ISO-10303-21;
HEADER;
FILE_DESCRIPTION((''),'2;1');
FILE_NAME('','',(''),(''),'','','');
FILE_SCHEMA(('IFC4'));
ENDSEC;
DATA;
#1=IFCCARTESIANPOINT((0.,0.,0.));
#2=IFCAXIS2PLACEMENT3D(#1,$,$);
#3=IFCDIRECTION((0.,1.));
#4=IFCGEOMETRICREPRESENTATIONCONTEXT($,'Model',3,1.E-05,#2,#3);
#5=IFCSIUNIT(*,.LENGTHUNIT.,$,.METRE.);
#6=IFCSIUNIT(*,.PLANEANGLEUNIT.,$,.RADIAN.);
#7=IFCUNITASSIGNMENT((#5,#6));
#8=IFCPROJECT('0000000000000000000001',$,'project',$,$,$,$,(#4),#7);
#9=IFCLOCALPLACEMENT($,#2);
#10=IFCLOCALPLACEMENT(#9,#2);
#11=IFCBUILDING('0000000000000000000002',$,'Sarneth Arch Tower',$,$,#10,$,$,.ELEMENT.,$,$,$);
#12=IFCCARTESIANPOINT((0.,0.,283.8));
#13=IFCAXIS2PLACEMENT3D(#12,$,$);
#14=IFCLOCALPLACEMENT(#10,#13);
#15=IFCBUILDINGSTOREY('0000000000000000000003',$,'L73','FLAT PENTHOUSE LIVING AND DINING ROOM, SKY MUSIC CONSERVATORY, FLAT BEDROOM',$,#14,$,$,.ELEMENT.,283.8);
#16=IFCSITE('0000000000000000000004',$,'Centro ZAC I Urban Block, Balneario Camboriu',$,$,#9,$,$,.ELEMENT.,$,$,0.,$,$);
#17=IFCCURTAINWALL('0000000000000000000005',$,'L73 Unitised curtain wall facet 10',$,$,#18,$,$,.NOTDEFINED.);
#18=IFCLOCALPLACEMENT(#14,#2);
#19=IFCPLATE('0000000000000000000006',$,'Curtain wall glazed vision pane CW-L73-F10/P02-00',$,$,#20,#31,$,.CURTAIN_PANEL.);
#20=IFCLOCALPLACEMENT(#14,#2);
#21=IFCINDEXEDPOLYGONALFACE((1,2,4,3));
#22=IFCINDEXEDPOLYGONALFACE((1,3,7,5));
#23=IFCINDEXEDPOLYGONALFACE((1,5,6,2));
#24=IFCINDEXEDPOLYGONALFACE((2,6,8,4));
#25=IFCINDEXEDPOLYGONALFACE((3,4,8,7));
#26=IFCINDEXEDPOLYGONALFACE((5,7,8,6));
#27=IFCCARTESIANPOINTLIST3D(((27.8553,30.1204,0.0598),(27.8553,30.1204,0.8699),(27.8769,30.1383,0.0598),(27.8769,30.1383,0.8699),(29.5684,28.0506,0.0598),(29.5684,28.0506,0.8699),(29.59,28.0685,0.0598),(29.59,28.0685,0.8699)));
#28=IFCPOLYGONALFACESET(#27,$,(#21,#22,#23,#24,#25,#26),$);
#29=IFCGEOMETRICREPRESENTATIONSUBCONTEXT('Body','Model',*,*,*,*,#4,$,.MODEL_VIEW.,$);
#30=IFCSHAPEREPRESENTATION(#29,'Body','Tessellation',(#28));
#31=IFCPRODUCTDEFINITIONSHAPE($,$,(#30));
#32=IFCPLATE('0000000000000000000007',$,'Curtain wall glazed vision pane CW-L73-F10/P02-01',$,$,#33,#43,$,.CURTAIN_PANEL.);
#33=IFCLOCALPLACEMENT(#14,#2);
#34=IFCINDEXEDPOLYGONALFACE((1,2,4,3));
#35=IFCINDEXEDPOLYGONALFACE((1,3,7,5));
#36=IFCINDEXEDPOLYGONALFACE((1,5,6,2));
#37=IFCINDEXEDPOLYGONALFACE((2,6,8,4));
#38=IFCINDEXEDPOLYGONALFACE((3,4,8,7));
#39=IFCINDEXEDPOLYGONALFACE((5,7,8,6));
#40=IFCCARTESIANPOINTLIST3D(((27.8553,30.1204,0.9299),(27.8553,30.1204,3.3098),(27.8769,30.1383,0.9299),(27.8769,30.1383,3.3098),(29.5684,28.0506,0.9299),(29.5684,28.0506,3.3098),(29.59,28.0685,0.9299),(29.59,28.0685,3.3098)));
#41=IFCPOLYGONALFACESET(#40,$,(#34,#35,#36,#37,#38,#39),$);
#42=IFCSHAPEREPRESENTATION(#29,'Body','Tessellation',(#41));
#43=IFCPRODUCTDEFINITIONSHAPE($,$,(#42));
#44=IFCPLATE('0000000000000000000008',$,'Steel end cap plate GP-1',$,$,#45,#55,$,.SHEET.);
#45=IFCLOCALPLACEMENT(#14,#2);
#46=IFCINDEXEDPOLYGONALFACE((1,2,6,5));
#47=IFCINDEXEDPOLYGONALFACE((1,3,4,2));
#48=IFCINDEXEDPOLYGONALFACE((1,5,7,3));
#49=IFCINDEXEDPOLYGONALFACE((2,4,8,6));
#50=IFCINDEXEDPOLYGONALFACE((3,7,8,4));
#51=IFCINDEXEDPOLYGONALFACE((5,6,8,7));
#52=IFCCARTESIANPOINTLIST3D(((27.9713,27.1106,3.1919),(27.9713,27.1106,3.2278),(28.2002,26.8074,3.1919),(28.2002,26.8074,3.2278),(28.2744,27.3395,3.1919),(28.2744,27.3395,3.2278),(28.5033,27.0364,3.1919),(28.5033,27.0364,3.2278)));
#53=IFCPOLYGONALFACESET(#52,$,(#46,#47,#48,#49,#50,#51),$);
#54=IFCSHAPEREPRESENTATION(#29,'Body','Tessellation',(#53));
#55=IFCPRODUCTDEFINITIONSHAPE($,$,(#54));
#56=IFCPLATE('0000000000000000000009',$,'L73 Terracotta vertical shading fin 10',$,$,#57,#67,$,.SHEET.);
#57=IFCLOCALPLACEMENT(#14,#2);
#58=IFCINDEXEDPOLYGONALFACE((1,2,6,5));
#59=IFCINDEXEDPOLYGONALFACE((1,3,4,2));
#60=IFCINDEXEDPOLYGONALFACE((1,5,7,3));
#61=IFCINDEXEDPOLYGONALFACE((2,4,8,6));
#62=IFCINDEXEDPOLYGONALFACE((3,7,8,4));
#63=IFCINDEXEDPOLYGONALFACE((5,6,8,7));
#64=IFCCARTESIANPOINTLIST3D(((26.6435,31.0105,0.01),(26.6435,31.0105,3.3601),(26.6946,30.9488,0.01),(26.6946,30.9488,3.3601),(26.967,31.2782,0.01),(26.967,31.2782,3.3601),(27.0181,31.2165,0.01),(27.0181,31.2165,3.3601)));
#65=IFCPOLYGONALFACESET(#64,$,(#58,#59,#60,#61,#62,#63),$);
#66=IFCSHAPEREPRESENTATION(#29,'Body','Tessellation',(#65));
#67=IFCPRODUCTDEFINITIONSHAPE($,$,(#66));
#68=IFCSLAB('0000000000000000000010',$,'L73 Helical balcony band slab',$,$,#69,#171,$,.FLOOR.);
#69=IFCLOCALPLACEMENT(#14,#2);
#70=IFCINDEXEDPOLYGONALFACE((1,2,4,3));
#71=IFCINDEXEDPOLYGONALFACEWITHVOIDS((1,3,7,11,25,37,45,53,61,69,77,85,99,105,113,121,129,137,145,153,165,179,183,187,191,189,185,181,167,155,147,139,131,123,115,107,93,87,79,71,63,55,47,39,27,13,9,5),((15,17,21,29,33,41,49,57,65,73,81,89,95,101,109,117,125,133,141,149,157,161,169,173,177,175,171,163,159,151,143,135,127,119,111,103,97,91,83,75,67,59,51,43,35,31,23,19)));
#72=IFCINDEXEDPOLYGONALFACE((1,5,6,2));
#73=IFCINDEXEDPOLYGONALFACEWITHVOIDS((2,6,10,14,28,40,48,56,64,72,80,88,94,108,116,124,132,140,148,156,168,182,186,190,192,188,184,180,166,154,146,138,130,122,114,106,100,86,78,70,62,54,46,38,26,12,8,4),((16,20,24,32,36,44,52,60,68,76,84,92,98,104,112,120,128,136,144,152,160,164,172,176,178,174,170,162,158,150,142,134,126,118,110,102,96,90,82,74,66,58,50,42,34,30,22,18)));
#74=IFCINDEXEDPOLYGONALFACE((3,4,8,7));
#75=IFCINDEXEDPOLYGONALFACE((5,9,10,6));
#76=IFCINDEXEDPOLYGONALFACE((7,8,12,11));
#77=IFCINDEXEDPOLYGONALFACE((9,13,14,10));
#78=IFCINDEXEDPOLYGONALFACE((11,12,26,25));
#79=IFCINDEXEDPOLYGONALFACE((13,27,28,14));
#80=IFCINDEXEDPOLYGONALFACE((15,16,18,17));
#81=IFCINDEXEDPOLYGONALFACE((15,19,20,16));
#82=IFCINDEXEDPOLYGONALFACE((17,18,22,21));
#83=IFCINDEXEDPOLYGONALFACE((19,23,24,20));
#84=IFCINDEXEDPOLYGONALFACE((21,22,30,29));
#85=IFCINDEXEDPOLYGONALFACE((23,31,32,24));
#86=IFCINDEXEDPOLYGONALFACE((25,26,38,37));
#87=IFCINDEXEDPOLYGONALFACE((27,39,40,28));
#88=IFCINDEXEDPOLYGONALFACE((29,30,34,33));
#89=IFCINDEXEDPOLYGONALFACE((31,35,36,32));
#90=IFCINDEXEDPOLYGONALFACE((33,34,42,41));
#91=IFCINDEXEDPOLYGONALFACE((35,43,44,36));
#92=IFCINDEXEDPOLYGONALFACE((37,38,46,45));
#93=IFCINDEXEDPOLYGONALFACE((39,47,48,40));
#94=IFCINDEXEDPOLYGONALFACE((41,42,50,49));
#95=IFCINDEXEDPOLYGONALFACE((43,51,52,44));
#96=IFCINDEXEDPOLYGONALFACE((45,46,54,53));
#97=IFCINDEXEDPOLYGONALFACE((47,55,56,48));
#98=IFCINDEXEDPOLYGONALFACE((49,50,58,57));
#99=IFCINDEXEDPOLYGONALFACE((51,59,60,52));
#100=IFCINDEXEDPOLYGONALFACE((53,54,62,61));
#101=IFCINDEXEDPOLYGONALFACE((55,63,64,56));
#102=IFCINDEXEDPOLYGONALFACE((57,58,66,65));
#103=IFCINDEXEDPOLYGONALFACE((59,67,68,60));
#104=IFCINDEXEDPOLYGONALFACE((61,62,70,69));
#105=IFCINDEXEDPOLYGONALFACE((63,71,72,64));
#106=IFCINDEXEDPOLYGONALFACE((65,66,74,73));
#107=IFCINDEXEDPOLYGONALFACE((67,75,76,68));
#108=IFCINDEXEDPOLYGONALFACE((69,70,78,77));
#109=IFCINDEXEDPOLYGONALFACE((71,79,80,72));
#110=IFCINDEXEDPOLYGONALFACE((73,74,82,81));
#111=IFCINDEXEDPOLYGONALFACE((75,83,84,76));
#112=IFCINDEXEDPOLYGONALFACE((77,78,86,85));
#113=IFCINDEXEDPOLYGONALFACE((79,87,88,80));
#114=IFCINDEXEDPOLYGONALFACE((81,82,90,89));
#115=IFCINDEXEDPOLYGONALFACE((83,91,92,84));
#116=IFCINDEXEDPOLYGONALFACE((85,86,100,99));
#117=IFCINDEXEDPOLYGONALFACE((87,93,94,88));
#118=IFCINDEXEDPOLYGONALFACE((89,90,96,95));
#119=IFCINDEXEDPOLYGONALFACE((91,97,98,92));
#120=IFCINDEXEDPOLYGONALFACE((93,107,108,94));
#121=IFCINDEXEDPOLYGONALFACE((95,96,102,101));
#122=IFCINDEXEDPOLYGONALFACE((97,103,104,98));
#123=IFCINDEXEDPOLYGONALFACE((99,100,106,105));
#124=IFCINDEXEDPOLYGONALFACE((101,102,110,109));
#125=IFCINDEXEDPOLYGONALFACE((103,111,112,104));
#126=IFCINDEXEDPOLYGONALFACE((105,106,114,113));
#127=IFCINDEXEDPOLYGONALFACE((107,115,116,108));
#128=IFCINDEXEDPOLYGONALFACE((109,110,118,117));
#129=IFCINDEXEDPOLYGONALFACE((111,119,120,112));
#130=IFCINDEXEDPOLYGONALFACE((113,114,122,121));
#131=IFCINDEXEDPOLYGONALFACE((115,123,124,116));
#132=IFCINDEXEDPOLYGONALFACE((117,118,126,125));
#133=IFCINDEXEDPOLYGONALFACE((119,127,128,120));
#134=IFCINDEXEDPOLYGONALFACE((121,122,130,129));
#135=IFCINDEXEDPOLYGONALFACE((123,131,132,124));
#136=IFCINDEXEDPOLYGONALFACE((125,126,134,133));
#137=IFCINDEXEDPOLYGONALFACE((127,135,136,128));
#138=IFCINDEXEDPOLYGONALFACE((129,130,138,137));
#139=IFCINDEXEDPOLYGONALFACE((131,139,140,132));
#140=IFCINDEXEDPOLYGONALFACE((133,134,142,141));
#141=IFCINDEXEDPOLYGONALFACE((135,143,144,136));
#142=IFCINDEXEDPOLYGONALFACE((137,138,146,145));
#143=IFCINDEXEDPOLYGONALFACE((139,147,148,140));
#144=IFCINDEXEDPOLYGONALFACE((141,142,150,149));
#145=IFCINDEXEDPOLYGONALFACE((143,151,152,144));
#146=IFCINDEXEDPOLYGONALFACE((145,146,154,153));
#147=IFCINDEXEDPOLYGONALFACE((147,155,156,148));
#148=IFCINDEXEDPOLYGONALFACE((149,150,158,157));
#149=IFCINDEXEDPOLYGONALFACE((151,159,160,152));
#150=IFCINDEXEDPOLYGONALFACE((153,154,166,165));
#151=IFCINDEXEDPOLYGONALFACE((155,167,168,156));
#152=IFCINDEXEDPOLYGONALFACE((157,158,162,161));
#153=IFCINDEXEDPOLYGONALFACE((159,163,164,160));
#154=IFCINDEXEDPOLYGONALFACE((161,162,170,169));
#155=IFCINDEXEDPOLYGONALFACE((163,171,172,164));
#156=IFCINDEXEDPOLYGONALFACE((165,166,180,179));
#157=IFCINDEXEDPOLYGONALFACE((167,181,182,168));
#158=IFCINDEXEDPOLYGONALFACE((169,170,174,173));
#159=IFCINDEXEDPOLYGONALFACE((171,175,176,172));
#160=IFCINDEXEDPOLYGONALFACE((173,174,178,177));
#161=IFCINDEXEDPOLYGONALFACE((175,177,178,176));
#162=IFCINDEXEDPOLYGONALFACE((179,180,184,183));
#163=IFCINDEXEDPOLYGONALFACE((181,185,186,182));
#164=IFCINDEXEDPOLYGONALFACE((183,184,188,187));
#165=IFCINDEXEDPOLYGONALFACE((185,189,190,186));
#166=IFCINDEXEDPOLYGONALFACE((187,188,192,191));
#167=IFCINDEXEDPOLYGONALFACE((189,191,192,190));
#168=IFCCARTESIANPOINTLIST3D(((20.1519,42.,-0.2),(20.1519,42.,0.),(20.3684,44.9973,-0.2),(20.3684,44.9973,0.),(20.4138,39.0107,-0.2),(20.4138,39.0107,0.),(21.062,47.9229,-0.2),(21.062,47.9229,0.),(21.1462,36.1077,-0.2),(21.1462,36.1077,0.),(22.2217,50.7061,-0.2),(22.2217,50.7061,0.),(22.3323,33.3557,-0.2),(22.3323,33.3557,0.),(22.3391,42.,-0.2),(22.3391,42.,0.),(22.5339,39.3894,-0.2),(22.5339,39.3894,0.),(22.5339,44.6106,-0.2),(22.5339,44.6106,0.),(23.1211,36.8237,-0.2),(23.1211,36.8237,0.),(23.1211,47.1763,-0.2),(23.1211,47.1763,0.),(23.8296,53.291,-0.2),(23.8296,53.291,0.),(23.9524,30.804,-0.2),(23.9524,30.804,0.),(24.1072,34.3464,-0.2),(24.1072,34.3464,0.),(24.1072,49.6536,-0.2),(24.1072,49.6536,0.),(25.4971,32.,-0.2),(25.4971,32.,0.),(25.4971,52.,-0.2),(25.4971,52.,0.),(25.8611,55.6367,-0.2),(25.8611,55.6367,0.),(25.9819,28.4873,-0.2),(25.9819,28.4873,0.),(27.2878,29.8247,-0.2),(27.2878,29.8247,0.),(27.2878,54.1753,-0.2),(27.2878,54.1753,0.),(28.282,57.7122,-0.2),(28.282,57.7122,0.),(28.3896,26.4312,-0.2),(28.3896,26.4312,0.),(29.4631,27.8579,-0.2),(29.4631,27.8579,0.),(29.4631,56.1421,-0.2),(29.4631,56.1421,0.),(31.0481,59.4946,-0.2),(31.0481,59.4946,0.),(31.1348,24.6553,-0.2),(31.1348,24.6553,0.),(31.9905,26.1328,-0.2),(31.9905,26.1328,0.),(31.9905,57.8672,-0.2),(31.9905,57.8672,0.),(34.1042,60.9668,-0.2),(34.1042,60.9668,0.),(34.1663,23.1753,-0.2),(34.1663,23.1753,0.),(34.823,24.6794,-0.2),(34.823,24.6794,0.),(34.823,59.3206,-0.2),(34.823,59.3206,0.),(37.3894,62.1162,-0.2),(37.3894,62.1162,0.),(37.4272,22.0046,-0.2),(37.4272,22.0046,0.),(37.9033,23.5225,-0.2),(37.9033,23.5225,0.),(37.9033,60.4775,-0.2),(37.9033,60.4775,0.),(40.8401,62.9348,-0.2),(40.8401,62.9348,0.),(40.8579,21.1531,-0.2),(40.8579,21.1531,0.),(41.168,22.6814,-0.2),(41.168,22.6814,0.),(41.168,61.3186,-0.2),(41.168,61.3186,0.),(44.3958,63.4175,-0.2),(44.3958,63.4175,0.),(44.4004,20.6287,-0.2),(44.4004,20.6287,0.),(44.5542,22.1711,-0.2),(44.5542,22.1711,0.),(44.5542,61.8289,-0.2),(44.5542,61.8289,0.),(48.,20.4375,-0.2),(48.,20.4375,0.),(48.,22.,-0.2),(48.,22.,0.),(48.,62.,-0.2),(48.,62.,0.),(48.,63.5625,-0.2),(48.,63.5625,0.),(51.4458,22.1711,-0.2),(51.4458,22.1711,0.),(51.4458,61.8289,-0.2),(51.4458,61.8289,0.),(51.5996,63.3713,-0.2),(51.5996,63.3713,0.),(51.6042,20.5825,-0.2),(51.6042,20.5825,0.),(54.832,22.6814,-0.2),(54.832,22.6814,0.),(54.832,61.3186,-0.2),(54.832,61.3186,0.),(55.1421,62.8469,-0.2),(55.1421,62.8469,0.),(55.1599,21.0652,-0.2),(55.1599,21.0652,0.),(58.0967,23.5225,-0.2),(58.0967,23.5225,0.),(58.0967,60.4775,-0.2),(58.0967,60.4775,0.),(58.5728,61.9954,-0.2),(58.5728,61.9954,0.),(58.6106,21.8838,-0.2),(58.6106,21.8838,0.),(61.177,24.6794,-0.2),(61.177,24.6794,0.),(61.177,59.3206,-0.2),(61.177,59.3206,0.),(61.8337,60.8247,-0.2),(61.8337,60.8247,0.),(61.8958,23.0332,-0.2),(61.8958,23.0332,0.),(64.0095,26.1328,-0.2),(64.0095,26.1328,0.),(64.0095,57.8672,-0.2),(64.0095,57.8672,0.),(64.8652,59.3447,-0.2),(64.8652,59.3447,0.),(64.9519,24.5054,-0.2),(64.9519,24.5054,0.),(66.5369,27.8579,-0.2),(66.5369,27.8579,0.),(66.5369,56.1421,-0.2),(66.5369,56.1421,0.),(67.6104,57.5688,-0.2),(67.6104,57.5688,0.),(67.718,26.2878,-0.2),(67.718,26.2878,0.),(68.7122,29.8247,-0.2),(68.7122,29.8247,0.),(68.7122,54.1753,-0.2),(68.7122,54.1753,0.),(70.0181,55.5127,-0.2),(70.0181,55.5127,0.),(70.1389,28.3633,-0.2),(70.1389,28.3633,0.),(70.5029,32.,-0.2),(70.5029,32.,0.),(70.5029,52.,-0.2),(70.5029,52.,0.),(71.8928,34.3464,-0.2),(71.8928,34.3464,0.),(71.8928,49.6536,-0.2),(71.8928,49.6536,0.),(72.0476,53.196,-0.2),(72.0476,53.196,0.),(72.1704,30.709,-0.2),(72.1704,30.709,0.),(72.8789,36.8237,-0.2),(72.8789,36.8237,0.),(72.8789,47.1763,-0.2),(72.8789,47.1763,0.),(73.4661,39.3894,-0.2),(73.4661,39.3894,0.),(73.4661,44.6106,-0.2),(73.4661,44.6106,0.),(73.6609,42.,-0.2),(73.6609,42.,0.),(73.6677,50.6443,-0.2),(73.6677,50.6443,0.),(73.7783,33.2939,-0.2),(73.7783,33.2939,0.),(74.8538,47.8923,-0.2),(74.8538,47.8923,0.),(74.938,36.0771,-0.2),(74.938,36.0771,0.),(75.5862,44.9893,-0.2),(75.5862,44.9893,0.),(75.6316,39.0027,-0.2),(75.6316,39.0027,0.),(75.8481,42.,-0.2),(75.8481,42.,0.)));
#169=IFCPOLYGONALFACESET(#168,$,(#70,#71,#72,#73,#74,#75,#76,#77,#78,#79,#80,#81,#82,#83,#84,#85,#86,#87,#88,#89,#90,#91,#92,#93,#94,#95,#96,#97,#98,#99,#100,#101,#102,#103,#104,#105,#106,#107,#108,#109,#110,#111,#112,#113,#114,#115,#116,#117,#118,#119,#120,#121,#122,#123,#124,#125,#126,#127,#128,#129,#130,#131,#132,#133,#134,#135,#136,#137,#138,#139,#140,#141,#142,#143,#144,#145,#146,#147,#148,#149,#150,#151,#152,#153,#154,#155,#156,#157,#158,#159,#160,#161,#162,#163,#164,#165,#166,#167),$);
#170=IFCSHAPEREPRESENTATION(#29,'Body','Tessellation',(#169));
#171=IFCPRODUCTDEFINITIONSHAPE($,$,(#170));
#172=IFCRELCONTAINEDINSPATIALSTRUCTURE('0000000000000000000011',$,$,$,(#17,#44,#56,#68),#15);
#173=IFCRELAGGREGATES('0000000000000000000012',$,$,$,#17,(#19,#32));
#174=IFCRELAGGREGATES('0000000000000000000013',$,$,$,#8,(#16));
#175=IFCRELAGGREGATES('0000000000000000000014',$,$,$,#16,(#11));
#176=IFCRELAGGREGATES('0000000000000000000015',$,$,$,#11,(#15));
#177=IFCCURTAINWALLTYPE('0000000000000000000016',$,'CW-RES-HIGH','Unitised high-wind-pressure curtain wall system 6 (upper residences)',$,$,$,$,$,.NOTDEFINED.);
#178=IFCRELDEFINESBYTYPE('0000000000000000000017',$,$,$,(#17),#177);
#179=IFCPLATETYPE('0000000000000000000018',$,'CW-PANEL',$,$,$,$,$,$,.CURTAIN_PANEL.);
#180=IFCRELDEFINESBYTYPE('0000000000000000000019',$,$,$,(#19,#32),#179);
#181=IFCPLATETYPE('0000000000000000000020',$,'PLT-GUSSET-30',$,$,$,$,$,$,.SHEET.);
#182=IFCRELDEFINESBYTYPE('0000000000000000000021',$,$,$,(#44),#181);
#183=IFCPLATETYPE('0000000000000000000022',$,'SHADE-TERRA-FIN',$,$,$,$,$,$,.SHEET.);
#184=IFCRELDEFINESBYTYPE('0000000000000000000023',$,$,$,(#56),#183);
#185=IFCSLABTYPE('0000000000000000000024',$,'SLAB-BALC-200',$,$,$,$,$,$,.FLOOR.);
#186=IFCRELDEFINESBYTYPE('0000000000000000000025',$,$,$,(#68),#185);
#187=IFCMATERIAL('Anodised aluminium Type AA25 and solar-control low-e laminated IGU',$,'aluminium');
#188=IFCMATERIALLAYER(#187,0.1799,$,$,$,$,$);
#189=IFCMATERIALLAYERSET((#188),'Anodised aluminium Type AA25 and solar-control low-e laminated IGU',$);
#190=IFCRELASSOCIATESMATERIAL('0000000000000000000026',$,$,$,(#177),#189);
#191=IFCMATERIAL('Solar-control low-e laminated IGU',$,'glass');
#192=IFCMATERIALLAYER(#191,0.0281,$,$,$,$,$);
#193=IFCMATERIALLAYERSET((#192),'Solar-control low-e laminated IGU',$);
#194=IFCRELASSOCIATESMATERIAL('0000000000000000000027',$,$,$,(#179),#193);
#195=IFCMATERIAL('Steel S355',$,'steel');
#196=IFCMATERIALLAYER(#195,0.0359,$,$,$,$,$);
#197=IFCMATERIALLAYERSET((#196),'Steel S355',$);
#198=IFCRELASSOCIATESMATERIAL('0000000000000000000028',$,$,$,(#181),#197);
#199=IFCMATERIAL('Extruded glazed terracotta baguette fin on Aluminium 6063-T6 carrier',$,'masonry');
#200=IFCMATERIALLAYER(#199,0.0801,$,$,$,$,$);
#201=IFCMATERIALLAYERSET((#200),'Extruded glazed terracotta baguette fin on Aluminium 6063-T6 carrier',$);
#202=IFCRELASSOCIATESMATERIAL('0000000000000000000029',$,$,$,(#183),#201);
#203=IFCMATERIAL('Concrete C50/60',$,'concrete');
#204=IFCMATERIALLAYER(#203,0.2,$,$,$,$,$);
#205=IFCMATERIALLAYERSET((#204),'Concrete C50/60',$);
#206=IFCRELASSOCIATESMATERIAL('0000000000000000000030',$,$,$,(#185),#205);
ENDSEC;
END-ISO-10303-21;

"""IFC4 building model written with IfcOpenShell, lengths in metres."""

from ifc_helpers import new_model, si_unit, direction, frame, origin, origin_2d, place, context, subcontext, project, spatial, polyline, rectangle, outline, extrude, material, layer, layer_set, type_object, element, aggregate, save


model = new_model("IFC4")

# Units and contexts
model_context = context("Model", 3, precision=1e-05, world=origin(), true_north=direction((0.0, 1.0)))
body_context = subcontext(model_context, "Body", "Model", "MODEL_VIEW")
ifc_project = project(units=[si_unit("LENGTHUNIT", "METRE"), si_unit("PLANEANGLEUNIT", "RADIAN")], contexts=[model_context])

# Site, building, storey
site_placement = place(None, origin())
site = spatial("IfcSite", under=ifc_project, at=site_placement, Name="Centro ZAC I Urban Block, Balneario Camboriu", CompositionType="ELEMENT", RefElevation=0.0)
building_placement = place(site_placement, origin())
building = spatial("IfcBuilding", under=site, at=building_placement, Name="Sarneth Arch Tower", CompositionType="ELEMENT")
storey_placement = place(building_placement, frame((0.0, 0.0, 283.8)))
storey = spatial("IfcBuildingStorey", under=building, at=storey_placement, Name="L73", Description="FLAT PENTHOUSE LIVING AND DINING ROOM, SKY MUSIC CONSERVATORY, FLAT BEDROOM", CompositionType="ELEMENT", Elevation=283.8)

# Curtain wall
ifc_material_1 = material(Name="Anodised aluminium Type AA25 and solar-control low-e laminated IGU", Category="aluminium")
ifc_layer_1 = layer(ifc_material_1, 0.1799)
ifc_layer_set_1 = layer_set([ifc_layer_1], Name="Anodised aluminium Type AA25 and solar-control low-e laminated IGU")
curtain_wall_type = type_object("IfcCurtainWallType", Name="CW-RES-HIGH", Description="Unitised high-wind-pressure curtain wall system 6 (upper residences)", PredefinedType="NOTDEFINED", material=ifc_layer_set_1)
curtain_wall_placement = place(storey_placement, origin())
curtain_wall = element("IfcCurtainWall", 1, at=curtain_wall_placement, inside=storey, type_object=curtain_wall_type, Name="L73 Unitised curtain wall facet 10", PredefinedType="NOTDEFINED")

# Plates
ifc_material_2 = material(Name="Solar-control low-e laminated IGU", Category="glass")
ifc_layer_2 = layer(ifc_material_2, 0.0281)
ifc_layer_set_2 = layer_set([ifc_layer_2], Name="Solar-control low-e laminated IGU")
plate_type_1 = type_object("IfcPlateType", Name="CW-PANEL", PredefinedType="CURTAIN_PANEL", material=ifc_layer_set_2)
plate_1_placement = place(storey_placement, frame((28.7227, 29.0945, 0.0598), z_axis=(0.0, 0.0, 1.0), x_axis=(0.63761, -0.770359, 0.0)))
plate_1 = element("IfcPlate", 2, at=plate_1_placement, type_object=plate_type_1, Name="Curtain wall glazed vision pane CW-L73-F10/P02-00", PredefinedType="CURTAIN_PANEL", context=body_context, shape_type="SweptSolid", body=[
    extrude(rectangle(XDim=2.6868, YDim=0.0281, at=origin_2d()), origin(), (0.0, 0.0, 1.0), 0.8101),
])
plate_2_placement = place(storey_placement, frame((28.7227, 29.0945, 0.9299), z_axis=(0.0, 0.0, 1.0), x_axis=(0.63761, -0.770359, 0.0)))
plate_2 = element("IfcPlate", 3, at=plate_2_placement, type_object=plate_type_1, Name="Curtain wall glazed vision pane CW-L73-F10/P02-01", PredefinedType="CURTAIN_PANEL", context=body_context, shape_type="SweptSolid", body=[
    extrude(rectangle(XDim=2.6868, YDim=0.0281, at=origin_2d()), origin(), (0.0, 0.0, 1.0), 2.3799),
])
aggregate(curtain_wall, [plate_1, plate_2])

# Plates
ifc_material_3 = material(Name="Steel S355", Category="steel")
ifc_layer_3 = layer(ifc_material_3, 0.0359)
ifc_layer_set_3 = layer_set([ifc_layer_3], Name="Steel S355")
plate_type_2 = type_object("IfcPlateType", Name="PLT-GUSSET-30", PredefinedType="SHEET", material=ifc_layer_set_3)
plate_3_placement = place(storey_placement, frame((28.2373, 27.0735, 3.1919), z_axis=(0.0, 0.0, 1.0), x_axis=(-0.798005, -0.602651, 0.0)))
element("IfcPlate", 4, at=plate_3_placement, inside=storey, type_object=plate_type_2, Name="Steel end cap plate GP-1", PredefinedType="SHEET", context=body_context, shape_type="SweptSolid", body=[
    extrude(rectangle(XDim=0.3799, YDim=0.3799, at=origin_2d()), origin(), (0.0, 0.0, 1.0), 0.0359),
])
ifc_material_4 = material(Name="Extruded glazed terracotta baguette fin on Aluminium 6063-T6 carrier", Category="masonry")
ifc_layer_4 = layer(ifc_material_4, 0.0801)
ifc_layer_set_4 = layer_set([ifc_layer_4], Name="Extruded glazed terracotta baguette fin on Aluminium 6063-T6 carrier")
plate_type_3 = type_object("IfcPlateType", Name="SHADE-TERRA-FIN", PredefinedType="SHEET", material=ifc_layer_set_4)
plate_4_placement = place(storey_placement, frame((26.8308, 31.1135, 0.01), z_axis=(0.0, 0.0, 1.0), x_axis=(-0.770402, -0.637558, 0.0)))
element("IfcPlate", 5, at=plate_4_placement, inside=storey, type_object=plate_type_3, Name="L73 Terracotta vertical shading fin 10", PredefinedType="SHEET", context=body_context, shape_type="SweptSolid", body=[
    extrude(rectangle(XDim=0.4199, YDim=0.0801, at=origin_2d()), origin(), (0.0, 0.0, 1.0), 3.3501),
])

# Slab
ifc_material_5 = material(Name="Concrete C50/60", Category="concrete")
ifc_layer_5 = layer(ifc_material_5, 0.2)
ifc_layer_set_5 = layer_set([ifc_layer_5], Name="Concrete C50/60")
slab_type_1 = type_object("IfcSlabType", Name="SLAB-BALC-200", PredefinedType="FLOOR", material=ifc_layer_set_5)
slab_1_placement = place(storey_placement, frame((0.0, 0.0, -0.2)))
element("IfcSlab", 6, at=slab_1_placement, inside=storey, type_object=slab_type_1, Name="L73 Helical balcony band slab", PredefinedType="FLOOR", context=body_context, shape_type="SweptSolid", body=[
    extrude(outline(polyline([(75.8481, 42.0), (75.5862, 44.9893), (74.8538, 47.8923), (73.6677, 50.6443), (72.0476, 53.196), (70.0181, 55.5127), (67.6104, 57.5688), (64.8652, 59.3447), (61.8337, 60.8247), (58.5728, 61.9954), (55.1421, 62.8469), (51.5996, 63.3713), (48.0, 63.5625), (44.3958, 63.4175), (40.8401, 62.9348), (37.3894, 62.1162), (34.1042, 60.9668), (31.0481, 59.4946), (28.282, 57.7122), (25.8611, 55.6367), (23.8296, 53.291), (22.2217, 50.7061), (21.062, 47.9229), (20.3684, 44.9973), (20.1519, 42.0), (20.4138, 39.0107), (21.1462, 36.1077), (22.3323, 33.3557), (23.9524, 30.804), (25.9819, 28.4873), (28.3896, 26.4312), (31.1348, 24.6553), (34.1663, 23.1753), (37.4272, 22.0046), (40.8579, 21.1531), (44.4004, 20.6287), (48.0, 20.4375), (51.6042, 20.5825), (55.1599, 21.0652), (58.6106, 21.8838), (61.8958, 23.0332), (64.9519, 24.5054), (67.718, 26.2878), (70.1389, 28.3633), (72.1704, 30.709), (73.7783, 33.2939), (74.938, 36.0771), (75.6316, 39.0027), (75.8481, 42.0)]), holes=[polyline([(73.6609, 42.0), (73.4661, 44.6106), (72.8789, 47.1763), (71.8928, 49.6536), (70.5029, 52.0), (68.7122, 54.1753), (66.5369, 56.1421), (64.0095, 57.8672), (61.177, 59.3206), (58.0967, 60.4775), (54.832, 61.3186), (51.4458, 61.8289), (48.0, 62.0), (44.5542, 61.8289), (41.168, 61.3186), (37.9033, 60.4775), (34.823, 59.3206), (31.9905, 57.8672), (29.4631, 56.1421), (27.2878, 54.1753), (25.4971, 52.0), (24.1072, 49.6536), (23.1211, 47.1763), (22.5339, 44.6106), (22.3391, 42.0), (22.5339, 39.3894), (23.1211, 36.8237), (24.1072, 34.3464), (25.4971, 32.0), (27.2878, 29.8247), (29.4631, 27.8579), (31.9905, 26.1328), (34.823, 24.6794), (37.9033, 23.5225), (41.168, 22.6814), (44.5542, 22.1711), (48.0, 22.0), (51.4458, 22.1711), (54.832, 22.6814), (58.0967, 23.5225), (61.177, 24.6794), (64.0095, 26.1328), (66.5369, 27.8579), (68.7122, 29.8247), (70.5029, 32.0), (71.8928, 34.3464), (72.8789, 36.8237), (73.4661, 39.3894), (73.6609, 42.0)])]), origin(), (0.0, 0.0, 1.0), 0.2),
])

save(model, "model.ifc")
